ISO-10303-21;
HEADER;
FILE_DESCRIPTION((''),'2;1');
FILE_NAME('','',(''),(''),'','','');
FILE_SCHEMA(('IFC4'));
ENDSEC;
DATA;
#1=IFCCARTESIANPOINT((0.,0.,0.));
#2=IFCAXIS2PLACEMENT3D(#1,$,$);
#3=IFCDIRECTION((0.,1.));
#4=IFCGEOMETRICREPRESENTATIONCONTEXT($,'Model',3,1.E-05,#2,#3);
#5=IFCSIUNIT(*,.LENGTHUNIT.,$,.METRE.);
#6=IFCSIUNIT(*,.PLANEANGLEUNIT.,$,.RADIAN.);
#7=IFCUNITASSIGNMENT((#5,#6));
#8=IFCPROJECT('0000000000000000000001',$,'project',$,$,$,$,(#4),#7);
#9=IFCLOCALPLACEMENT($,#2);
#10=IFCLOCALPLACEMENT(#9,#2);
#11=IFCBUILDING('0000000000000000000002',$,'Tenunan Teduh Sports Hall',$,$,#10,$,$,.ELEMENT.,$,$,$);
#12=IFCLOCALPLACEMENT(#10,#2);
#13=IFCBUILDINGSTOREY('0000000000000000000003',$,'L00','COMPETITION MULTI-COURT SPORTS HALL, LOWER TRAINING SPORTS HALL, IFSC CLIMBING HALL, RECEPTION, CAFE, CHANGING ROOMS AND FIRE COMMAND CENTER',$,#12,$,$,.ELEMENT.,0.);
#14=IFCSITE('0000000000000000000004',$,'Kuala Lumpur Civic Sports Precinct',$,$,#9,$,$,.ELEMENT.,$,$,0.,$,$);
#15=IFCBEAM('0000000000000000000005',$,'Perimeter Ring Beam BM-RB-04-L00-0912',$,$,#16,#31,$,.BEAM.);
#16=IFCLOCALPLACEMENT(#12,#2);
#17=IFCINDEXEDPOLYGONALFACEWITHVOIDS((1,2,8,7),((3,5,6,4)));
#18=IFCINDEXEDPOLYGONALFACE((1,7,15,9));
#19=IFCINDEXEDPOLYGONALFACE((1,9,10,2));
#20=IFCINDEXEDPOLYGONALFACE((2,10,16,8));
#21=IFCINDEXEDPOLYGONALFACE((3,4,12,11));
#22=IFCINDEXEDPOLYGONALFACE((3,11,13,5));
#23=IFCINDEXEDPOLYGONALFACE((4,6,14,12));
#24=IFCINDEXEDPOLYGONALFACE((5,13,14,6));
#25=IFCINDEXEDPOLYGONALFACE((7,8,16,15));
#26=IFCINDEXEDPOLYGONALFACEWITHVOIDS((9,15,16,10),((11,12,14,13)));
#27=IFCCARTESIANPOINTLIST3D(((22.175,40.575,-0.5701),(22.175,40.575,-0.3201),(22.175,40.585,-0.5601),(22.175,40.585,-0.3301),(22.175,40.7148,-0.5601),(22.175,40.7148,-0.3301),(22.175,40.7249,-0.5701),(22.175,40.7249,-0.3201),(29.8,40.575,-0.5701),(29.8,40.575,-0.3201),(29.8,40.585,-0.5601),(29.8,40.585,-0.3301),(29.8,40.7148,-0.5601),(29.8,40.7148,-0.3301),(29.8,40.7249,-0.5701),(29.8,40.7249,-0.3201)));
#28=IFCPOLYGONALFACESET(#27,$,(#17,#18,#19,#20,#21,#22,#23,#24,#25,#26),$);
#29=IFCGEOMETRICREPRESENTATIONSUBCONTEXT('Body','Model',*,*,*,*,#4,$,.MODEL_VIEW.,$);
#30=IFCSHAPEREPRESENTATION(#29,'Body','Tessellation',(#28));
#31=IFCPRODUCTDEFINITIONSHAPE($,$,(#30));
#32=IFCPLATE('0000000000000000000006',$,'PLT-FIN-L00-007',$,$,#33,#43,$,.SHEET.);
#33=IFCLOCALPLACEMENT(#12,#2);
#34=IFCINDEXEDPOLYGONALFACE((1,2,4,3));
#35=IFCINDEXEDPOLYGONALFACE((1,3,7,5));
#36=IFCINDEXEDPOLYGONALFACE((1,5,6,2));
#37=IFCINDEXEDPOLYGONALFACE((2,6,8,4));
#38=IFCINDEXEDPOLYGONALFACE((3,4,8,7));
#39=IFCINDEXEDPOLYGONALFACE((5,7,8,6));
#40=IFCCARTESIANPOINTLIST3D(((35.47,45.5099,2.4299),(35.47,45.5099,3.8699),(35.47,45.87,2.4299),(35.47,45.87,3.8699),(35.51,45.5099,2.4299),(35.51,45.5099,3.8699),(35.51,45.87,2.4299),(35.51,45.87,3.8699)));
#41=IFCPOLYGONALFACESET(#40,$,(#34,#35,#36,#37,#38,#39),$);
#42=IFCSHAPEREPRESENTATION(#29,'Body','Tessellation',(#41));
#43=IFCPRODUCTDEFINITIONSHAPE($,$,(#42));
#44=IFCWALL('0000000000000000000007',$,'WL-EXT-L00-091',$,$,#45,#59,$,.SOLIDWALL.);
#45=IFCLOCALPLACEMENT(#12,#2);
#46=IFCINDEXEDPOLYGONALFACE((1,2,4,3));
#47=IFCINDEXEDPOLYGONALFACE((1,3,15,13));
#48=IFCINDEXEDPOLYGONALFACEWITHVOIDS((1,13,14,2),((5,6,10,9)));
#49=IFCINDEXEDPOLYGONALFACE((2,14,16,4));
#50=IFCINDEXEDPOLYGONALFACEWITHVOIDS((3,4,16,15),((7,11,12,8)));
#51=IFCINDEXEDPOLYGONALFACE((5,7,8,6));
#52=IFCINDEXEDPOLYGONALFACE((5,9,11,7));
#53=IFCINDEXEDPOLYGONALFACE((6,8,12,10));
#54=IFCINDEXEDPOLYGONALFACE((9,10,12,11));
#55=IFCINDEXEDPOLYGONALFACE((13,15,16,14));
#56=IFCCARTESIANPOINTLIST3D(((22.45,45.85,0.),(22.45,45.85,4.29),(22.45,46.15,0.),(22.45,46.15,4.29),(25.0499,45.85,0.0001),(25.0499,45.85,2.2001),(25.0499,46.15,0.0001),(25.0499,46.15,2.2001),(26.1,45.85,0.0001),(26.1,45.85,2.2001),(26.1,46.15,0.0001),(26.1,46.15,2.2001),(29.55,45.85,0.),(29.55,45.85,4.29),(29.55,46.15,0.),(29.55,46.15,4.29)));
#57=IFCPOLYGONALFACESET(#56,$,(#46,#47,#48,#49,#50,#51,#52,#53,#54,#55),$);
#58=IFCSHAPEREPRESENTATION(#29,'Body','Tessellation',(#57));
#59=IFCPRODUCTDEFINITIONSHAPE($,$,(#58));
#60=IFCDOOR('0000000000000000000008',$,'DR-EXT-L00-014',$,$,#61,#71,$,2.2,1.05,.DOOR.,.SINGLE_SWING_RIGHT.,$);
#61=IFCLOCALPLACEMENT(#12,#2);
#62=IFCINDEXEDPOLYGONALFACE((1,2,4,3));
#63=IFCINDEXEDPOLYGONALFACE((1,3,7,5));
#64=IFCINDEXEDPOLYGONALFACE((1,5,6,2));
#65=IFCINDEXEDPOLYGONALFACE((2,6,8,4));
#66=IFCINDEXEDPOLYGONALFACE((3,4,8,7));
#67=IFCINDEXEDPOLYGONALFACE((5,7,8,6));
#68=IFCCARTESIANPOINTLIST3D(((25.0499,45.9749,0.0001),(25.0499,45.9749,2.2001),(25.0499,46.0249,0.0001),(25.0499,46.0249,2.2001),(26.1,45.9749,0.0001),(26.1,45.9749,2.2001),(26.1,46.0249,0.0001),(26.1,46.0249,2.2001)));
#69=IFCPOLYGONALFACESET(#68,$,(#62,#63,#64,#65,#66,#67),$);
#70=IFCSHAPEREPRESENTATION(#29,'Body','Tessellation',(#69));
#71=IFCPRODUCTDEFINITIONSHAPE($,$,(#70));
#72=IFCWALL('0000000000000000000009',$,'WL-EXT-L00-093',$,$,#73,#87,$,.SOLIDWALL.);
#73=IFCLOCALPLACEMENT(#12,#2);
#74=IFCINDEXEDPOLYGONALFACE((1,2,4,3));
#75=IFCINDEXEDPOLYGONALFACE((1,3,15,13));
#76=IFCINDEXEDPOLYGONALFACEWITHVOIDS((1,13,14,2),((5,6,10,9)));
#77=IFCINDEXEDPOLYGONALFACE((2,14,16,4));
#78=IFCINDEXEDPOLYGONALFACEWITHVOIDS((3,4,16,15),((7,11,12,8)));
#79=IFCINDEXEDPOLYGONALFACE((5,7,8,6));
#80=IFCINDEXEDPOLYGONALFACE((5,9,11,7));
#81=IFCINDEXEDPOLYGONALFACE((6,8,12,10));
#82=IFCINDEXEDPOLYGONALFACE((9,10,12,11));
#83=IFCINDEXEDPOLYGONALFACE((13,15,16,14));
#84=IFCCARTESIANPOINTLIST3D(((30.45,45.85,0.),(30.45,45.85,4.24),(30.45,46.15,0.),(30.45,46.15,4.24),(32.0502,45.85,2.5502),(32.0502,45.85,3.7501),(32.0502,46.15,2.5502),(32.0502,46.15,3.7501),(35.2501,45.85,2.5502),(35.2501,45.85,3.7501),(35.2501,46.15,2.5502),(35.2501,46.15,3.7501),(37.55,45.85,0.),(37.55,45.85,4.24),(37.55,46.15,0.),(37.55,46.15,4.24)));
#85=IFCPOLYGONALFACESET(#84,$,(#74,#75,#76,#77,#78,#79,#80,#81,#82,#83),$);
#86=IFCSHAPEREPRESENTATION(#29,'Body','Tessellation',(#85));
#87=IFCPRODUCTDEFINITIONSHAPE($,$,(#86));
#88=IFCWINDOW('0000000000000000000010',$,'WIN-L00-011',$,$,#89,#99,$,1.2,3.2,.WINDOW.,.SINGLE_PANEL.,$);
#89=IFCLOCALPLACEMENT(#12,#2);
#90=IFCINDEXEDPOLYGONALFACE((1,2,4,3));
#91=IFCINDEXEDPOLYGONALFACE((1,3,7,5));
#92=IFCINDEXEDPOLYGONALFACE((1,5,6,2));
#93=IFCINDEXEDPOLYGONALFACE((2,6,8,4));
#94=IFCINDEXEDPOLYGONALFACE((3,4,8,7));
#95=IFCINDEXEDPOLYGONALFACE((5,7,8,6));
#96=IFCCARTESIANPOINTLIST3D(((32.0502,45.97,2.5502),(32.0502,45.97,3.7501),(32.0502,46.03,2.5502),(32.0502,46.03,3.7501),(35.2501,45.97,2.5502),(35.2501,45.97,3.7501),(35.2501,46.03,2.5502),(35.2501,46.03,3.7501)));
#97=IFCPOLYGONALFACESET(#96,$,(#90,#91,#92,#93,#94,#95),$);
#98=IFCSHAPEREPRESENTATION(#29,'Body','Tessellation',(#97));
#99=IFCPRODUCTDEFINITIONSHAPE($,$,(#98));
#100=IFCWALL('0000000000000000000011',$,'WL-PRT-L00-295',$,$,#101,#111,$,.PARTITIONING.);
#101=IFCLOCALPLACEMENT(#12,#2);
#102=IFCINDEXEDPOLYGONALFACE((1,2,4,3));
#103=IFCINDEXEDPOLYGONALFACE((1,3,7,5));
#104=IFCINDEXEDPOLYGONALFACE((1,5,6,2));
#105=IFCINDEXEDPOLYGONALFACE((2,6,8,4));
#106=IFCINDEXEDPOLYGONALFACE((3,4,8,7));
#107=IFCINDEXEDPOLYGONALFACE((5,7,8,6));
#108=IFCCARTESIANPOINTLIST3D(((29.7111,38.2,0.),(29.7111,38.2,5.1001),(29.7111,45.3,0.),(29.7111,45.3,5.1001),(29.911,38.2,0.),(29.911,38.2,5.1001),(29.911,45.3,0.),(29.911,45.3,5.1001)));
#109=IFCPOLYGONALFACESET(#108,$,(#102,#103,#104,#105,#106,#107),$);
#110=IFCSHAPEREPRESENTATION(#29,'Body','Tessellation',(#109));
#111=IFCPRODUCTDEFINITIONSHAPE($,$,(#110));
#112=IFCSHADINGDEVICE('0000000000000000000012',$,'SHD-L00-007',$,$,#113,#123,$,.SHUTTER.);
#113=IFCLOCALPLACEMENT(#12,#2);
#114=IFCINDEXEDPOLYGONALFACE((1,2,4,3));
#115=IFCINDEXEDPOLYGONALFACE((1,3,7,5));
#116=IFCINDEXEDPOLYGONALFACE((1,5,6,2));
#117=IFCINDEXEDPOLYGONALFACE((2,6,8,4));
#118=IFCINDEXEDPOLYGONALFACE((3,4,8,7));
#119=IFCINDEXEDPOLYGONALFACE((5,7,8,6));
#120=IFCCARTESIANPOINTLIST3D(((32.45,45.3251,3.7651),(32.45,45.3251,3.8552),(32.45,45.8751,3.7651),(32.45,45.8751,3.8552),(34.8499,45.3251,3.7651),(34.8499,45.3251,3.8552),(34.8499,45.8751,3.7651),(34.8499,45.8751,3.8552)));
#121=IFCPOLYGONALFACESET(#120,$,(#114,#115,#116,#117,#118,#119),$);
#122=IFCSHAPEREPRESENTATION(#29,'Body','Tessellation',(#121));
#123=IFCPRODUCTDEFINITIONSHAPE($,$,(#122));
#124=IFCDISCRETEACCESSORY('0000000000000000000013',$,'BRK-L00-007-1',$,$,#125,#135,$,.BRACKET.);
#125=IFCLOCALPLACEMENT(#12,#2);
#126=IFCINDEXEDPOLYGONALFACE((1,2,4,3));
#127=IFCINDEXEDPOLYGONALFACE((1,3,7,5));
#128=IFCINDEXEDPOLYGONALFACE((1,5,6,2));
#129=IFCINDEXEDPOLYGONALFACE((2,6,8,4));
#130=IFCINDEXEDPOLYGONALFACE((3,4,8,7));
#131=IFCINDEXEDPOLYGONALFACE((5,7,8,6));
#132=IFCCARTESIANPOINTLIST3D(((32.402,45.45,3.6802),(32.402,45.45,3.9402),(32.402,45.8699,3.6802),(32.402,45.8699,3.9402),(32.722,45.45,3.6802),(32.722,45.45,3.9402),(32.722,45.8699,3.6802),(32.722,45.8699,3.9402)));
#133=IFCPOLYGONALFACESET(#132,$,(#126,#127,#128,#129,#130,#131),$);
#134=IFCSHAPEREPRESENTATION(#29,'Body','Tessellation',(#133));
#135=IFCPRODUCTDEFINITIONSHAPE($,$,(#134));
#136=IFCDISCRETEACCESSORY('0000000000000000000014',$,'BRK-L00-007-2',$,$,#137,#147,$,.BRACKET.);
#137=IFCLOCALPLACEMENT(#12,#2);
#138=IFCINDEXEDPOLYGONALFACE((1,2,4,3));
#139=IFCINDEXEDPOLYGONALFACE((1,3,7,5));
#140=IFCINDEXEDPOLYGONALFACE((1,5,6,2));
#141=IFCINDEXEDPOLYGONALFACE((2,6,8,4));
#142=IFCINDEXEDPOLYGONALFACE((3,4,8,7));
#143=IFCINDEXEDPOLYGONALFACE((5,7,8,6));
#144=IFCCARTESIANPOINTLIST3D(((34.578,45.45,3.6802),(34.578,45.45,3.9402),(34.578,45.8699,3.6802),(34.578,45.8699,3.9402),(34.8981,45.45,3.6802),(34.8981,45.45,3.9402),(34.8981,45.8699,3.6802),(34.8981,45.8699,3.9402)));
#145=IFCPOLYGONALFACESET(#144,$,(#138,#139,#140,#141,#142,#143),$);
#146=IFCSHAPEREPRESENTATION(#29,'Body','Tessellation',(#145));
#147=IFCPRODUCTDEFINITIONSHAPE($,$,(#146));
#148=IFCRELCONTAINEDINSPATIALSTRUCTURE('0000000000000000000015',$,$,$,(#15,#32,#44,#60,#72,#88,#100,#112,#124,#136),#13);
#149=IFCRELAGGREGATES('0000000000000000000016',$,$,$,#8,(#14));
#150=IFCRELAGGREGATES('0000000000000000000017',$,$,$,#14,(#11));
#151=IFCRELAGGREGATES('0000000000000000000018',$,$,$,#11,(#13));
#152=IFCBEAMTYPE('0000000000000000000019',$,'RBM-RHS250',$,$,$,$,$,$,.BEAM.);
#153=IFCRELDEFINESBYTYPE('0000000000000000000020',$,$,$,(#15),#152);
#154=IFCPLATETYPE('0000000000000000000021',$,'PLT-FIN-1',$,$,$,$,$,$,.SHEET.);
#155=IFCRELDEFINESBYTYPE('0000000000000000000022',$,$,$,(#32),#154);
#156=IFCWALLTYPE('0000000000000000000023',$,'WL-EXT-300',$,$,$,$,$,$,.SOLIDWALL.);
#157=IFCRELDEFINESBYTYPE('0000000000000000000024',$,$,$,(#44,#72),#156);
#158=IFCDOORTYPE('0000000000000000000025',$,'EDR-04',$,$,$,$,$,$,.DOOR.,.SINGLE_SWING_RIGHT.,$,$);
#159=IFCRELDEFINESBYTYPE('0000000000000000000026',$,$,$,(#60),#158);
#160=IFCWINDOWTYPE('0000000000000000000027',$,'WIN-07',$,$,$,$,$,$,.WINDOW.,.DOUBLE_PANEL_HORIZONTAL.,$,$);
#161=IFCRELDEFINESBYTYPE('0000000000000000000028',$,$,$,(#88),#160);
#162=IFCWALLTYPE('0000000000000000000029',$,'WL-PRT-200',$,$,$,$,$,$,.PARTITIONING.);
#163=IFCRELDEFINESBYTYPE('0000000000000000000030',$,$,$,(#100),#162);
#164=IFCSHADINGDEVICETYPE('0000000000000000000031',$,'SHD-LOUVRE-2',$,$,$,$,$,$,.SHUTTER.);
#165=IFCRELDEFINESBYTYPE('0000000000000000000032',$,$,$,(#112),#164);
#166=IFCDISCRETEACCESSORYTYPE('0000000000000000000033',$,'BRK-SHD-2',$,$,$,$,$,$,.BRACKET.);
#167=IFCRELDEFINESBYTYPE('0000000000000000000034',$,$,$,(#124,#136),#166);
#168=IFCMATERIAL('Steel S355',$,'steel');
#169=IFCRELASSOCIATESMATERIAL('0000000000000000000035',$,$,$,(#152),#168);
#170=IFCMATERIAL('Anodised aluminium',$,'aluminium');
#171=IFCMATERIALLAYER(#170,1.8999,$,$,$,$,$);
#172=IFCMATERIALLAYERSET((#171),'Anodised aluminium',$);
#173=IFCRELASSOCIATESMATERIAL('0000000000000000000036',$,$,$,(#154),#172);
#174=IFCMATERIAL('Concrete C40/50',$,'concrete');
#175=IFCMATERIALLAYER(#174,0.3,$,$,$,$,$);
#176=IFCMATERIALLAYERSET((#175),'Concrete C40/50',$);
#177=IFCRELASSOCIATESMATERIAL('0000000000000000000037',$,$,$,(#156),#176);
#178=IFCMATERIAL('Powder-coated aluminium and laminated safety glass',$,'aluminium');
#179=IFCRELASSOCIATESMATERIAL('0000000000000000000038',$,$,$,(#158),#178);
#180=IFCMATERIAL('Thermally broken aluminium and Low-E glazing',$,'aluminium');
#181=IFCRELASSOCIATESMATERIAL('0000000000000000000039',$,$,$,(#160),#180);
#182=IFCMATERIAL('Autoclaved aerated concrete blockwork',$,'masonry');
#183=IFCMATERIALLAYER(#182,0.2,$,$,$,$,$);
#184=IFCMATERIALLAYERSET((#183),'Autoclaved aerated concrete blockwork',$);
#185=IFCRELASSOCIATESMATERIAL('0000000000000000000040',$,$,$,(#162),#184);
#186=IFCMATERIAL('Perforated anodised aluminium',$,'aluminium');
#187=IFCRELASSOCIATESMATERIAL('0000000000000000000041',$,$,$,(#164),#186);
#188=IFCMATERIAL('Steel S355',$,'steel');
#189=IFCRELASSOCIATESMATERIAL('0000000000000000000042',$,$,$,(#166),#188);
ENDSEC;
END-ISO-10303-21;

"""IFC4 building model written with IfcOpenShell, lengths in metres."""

from ifc_helpers import new_model, si_unit, direction, frame, frame_2d, origin, origin_2d, place, context, subcontext, project, spatial, rectangle, hollow_rectangle, extrude, material, layer, layer_set, material_profile, profile_set, type_object, element, fill, save


model = new_model("IFC4")

# Units and contexts
model_context = context("Model", 3, precision=1e-05, world=origin(), true_north=direction((0.0, 1.0)))
body_context = subcontext(model_context, "Body", "Model", "MODEL_VIEW")
ifc_project = project(units=[si_unit("LENGTHUNIT", "METRE"), si_unit("PLANEANGLEUNIT", "RADIAN")], contexts=[model_context])

# Site, building, storey
site_placement = place(None, origin())
site = spatial("IfcSite", under=ifc_project, at=site_placement, Name="Kuala Lumpur Civic Sports Precinct", CompositionType="ELEMENT", RefElevation=0.0)
building_placement = place(site_placement, origin())
building = spatial("IfcBuilding", under=site, at=building_placement, Name="Tenunan Teduh Sports Hall", CompositionType="ELEMENT")
storey_placement = place(building_placement, origin())
storey = spatial("IfcBuildingStorey", under=building, at=storey_placement, Name="L00", Description="COMPETITION MULTI-COURT SPORTS HALL, LOWER TRAINING SPORTS HALL, IFSC CLIMBING HALL, RECEPTION, CAFE, CHANGING ROOMS AND FIRE COMMAND CENTER", CompositionType="ELEMENT", Elevation=0.0)

# Beam
ifc_material_1 = material(Name="Steel S355", Category="steel")
ifc_material_profile_1 = material_profile(ifc_material_1, hollow_rectangle(XDim=0.1499, YDim=0.25, WallThickness=0.01, at=origin_2d()), Name="RHS 250x150x10.0")
ifc_profile_set_1 = profile_set([ifc_material_profile_1], Name="Steel S355")
beam_type_1 = type_object("IfcBeamType", Name="RBM-RHS250", PredefinedType="BEAM", material=ifc_profile_set_1)
beam_1_placement = place(storey_placement, frame((22.175, 40.6499, -0.4451), z_axis=(1.0, 0.0, 0.0), x_axis=(0.0, 1.0, 0.0)))
element("IfcBeam", 1, at=beam_1_placement, inside=storey, type_object=beam_type_1, Name="Perimeter Ring Beam BM-RB-04-L00-0912", PredefinedType="BEAM", context=body_context, shape_type="SweptSolid", body=[
    extrude(hollow_rectangle(XDim=0.1499, YDim=0.25, WallThickness=0.01, at=origin_2d()), origin(), (0.0, 0.0, 1.0), 7.625),
])

# Plate
ifc_material_2 = material(Name="Anodised aluminium", Category="aluminium")
ifc_layer_1 = layer(ifc_material_2, 1.8999)
ifc_layer_set_1 = layer_set([ifc_layer_1], Name="Anodised aluminium")
plate_type = type_object("IfcPlateType", Name="PLT-FIN-1", PredefinedType="SHEET", material=ifc_layer_set_1)
plate_placement = place(storey_placement, frame((35.49, 45.6899, 2.4299), z_axis=(0.0, 0.0, 1.0), x_axis=(1.0, 0.0, 0.0)))
element("IfcPlate", 2, at=plate_placement, inside=storey, type_object=plate_type, Name="PLT-FIN-L00-007", PredefinedType="SHEET", context=body_context, shape_type="SweptSolid", body=[
    extrude(rectangle(XDim=0.04, YDim=0.3601, at=origin_2d()), origin(), (0.0, 0.0, 1.0), 1.4399),
])

# Wall, opening, door
ifc_material_3 = material(Name="Concrete C40/50", Category="concrete")
ifc_layer_2 = layer(ifc_material_3, 0.3)
ifc_layer_set_2 = layer_set([ifc_layer_2], Name="Concrete C40/50")
wall_type_1 = type_object("IfcWallType", Name="WL-EXT-300", PredefinedType="SOLIDWALL", material=ifc_layer_set_2)
wall_1_placement = place(storey_placement, frame((22.45, 46.0, 0.0), z_axis=(0.0, 0.0, 1.0), x_axis=(1.0, 0.0, 0.0)))
wall_1 = element("IfcWall", 3, at=wall_1_placement, inside=storey, type_object=wall_type_1, Name="WL-EXT-L00-091", PredefinedType="SOLIDWALL", context=body_context, shape_type="SweptSolid", body=[
    extrude(rectangle(XDim=7.1001, YDim=0.3, at=frame_2d((3.55, 0.0))), origin(), (0.0, 0.0, 1.0), 4.29),
])
opening_1_placement = place(wall_1_placement, frame((2.6001, 0.0, 0.0)))
opening_1 = element("IfcOpeningElement", 4, at=opening_1_placement, cuts=wall_1, PredefinedType="OPENING", context=body_context, shape_type="SweptSolid", body=[
    extrude(rectangle(XDim=1.05, YDim=2.2, at=frame_2d((0.5249, 1.1001))), frame((0.0, 0.1599, 0.0), z_axis=(0.0, -1.0, 0.0), x_axis=(1.0, 0.0, 0.0)), (0.0, 0.0, 1.0), 0.3201),
])
ifc_material_4 = material(Name="Powder-coated aluminium and laminated safety glass", Category="aluminium")
door_type_1 = type_object("IfcDoorType", Name="EDR-04", OperationType="SINGLE_SWING_RIGHT", PredefinedType="DOOR", material=ifc_material_4)
door_1_placement = place(opening_1_placement, origin())
door_1 = element("IfcDoor", 5, at=door_1_placement, inside=storey, type_object=door_type_1, Name="DR-EXT-L00-014", OperationType="SINGLE_SWING_RIGHT", OverallHeight=2.2, OverallWidth=1.05, PredefinedType="DOOR", context=body_context, shape_type="SweptSolid", body=[
    extrude(rectangle(XDim=1.05, YDim=2.2, at=frame_2d((0.5249, 1.1001))), frame((0.0, 0.0249, 0.0), z_axis=(0.0, -1.0, 0.0), x_axis=(1.0, 0.0, 0.0)), (0.0, 0.0, 1.0), 0.05),
])
fill(opening_1, door_1)

# Wall, opening, window
wall_2_placement = place(storey_placement, frame((30.45, 46.0, 0.0), z_axis=(0.0, 0.0, 1.0), x_axis=(1.0, 0.0, 0.0)))
wall_2 = element("IfcWall", 6, at=wall_2_placement, inside=storey, type_object=wall_type_1, Name="WL-EXT-L00-093", PredefinedType="SOLIDWALL", context=body_context, shape_type="SweptSolid", body=[
    extrude(rectangle(XDim=7.1001, YDim=0.3, at=frame_2d((3.55, 0.0))), origin(), (0.0, 0.0, 1.0), 4.24),
])
opening_2_placement = place(wall_2_placement, frame((1.6001, 0.0, 2.55)))
opening_2 = element("IfcOpeningElement", 7, at=opening_2_placement, cuts=wall_2, PredefinedType="OPENING", context=body_context, shape_type="SweptSolid", body=[
    extrude(rectangle(XDim=3.2, YDim=1.2, at=frame_2d((1.6001, 0.6001))), frame((0.0, 0.1599, 0.0), z_axis=(0.0, -1.0, 0.0), x_axis=(1.0, 0.0, 0.0)), (0.0, 0.0, 1.0), 0.3201),
])
ifc_material_5 = material(Name="Thermally broken aluminium and Low-E glazing", Category="aluminium")
window_type = type_object("IfcWindowType", Name="WIN-07", PartitioningType="DOUBLE_PANEL_HORIZONTAL", PredefinedType="WINDOW", material=ifc_material_5)
window_placement = place(opening_2_placement, origin())
window = element("IfcWindow", 8, at=window_placement, inside=storey, type_object=window_type, Name="WIN-L00-011", OverallHeight=1.2, OverallWidth=3.2, PartitioningType="SINGLE_PANEL", PredefinedType="WINDOW", context=body_context, shape_type="SweptSolid", body=[
    extrude(rectangle(XDim=3.2, YDim=1.2, at=frame_2d((1.6001, 0.6001))), frame((0.0, 0.03, 0.0), z_axis=(0.0, -1.0, 0.0), x_axis=(1.0, 0.0, 0.0)), (0.0, 0.0, 1.0), 0.0601),
])
fill(opening_2, window)

# Shared definitions
ifc_material_6 = material(Name="Autoclaved aerated concrete blockwork", Category="masonry")
ifc_layer_3 = layer(ifc_material_6, 0.2)
ifc_layer_set_3 = layer_set([ifc_layer_3], Name="Autoclaved aerated concrete blockwork")
wall_type_2 = type_object("IfcWallType", Name="WL-PRT-200", PredefinedType="PARTITIONING", material=ifc_layer_set_3)

# Wall
wall_3_placement = place(storey_placement, frame((29.811, 38.2, 0.0), z_axis=(0.0, 0.0, 1.0), x_axis=(0.0, 1.0, 0.0)))
element("IfcWall", 9, at=wall_3_placement, inside=storey, type_object=wall_type_2, Name="WL-PRT-L00-295", PredefinedType="PARTITIONING", context=body_context, shape_type="SweptSolid", body=[
    extrude(rectangle(XDim=7.1001, YDim=0.2, at=frame_2d((3.55, 0.0))), origin(), (0.0, 0.0, 1.0), 5.1001),
])

# Shading device
ifc_material_7 = material(Name="Perforated anodised aluminium", Category="aluminium")
shading_device_type = type_object("IfcShadingDeviceType", Name="SHD-LOUVRE-2", PredefinedType="SHUTTER", material=ifc_material_7)
shading_device_placement = place(storey_placement, frame((33.6499, 45.6001, 3.7651), z_axis=(0.0, 0.0, 1.0), x_axis=(1.0, 0.0, 0.0)))
element("IfcShadingDevice", 10, at=shading_device_placement, inside=storey, type_object=shading_device_type, Name="SHD-L00-007", PredefinedType="SHUTTER", context=body_context, shape_type="SweptSolid", body=[
    extrude(rectangle(XDim=2.3999, YDim=0.55, at=origin_2d()), origin(), (0.0, 0.0, 1.0), 0.0901),
])

# Discrete accessories
ifc_material_8 = material(Name="Steel S355", Category="steel")
discrete_accessory_type = type_object("IfcDiscreteAccessoryType", Name="BRK-SHD-2", PredefinedType="BRACKET", material=ifc_material_8)
for number, where, z_axis, x_axis, name in (
    (11, (32.562, 45.6599, 3.6802), (0.0, 0.0, 1.0), (1.0, 0.0, 0.0), "BRK-L00-007-1"),
    (12, (34.738, 45.6599, 3.6802), (0.0, 0.0, 1.0), (1.0, 0.0, 0.0), "BRK-L00-007-2"),
):
    element("IfcDiscreteAccessory", number, at=place(storey_placement, frame(where, z_axis=z_axis, x_axis=x_axis)), inside=storey, type_object=discrete_accessory_type, Name=name, PredefinedType="BRACKET", context=body_context, shape_type="SweptSolid", body=[
        extrude(rectangle(XDim=0.3201, YDim=0.4199, at=origin_2d()), origin(), (0.0, 0.0, 1.0), 0.26),
    ])

save(model, "model.ifc")
